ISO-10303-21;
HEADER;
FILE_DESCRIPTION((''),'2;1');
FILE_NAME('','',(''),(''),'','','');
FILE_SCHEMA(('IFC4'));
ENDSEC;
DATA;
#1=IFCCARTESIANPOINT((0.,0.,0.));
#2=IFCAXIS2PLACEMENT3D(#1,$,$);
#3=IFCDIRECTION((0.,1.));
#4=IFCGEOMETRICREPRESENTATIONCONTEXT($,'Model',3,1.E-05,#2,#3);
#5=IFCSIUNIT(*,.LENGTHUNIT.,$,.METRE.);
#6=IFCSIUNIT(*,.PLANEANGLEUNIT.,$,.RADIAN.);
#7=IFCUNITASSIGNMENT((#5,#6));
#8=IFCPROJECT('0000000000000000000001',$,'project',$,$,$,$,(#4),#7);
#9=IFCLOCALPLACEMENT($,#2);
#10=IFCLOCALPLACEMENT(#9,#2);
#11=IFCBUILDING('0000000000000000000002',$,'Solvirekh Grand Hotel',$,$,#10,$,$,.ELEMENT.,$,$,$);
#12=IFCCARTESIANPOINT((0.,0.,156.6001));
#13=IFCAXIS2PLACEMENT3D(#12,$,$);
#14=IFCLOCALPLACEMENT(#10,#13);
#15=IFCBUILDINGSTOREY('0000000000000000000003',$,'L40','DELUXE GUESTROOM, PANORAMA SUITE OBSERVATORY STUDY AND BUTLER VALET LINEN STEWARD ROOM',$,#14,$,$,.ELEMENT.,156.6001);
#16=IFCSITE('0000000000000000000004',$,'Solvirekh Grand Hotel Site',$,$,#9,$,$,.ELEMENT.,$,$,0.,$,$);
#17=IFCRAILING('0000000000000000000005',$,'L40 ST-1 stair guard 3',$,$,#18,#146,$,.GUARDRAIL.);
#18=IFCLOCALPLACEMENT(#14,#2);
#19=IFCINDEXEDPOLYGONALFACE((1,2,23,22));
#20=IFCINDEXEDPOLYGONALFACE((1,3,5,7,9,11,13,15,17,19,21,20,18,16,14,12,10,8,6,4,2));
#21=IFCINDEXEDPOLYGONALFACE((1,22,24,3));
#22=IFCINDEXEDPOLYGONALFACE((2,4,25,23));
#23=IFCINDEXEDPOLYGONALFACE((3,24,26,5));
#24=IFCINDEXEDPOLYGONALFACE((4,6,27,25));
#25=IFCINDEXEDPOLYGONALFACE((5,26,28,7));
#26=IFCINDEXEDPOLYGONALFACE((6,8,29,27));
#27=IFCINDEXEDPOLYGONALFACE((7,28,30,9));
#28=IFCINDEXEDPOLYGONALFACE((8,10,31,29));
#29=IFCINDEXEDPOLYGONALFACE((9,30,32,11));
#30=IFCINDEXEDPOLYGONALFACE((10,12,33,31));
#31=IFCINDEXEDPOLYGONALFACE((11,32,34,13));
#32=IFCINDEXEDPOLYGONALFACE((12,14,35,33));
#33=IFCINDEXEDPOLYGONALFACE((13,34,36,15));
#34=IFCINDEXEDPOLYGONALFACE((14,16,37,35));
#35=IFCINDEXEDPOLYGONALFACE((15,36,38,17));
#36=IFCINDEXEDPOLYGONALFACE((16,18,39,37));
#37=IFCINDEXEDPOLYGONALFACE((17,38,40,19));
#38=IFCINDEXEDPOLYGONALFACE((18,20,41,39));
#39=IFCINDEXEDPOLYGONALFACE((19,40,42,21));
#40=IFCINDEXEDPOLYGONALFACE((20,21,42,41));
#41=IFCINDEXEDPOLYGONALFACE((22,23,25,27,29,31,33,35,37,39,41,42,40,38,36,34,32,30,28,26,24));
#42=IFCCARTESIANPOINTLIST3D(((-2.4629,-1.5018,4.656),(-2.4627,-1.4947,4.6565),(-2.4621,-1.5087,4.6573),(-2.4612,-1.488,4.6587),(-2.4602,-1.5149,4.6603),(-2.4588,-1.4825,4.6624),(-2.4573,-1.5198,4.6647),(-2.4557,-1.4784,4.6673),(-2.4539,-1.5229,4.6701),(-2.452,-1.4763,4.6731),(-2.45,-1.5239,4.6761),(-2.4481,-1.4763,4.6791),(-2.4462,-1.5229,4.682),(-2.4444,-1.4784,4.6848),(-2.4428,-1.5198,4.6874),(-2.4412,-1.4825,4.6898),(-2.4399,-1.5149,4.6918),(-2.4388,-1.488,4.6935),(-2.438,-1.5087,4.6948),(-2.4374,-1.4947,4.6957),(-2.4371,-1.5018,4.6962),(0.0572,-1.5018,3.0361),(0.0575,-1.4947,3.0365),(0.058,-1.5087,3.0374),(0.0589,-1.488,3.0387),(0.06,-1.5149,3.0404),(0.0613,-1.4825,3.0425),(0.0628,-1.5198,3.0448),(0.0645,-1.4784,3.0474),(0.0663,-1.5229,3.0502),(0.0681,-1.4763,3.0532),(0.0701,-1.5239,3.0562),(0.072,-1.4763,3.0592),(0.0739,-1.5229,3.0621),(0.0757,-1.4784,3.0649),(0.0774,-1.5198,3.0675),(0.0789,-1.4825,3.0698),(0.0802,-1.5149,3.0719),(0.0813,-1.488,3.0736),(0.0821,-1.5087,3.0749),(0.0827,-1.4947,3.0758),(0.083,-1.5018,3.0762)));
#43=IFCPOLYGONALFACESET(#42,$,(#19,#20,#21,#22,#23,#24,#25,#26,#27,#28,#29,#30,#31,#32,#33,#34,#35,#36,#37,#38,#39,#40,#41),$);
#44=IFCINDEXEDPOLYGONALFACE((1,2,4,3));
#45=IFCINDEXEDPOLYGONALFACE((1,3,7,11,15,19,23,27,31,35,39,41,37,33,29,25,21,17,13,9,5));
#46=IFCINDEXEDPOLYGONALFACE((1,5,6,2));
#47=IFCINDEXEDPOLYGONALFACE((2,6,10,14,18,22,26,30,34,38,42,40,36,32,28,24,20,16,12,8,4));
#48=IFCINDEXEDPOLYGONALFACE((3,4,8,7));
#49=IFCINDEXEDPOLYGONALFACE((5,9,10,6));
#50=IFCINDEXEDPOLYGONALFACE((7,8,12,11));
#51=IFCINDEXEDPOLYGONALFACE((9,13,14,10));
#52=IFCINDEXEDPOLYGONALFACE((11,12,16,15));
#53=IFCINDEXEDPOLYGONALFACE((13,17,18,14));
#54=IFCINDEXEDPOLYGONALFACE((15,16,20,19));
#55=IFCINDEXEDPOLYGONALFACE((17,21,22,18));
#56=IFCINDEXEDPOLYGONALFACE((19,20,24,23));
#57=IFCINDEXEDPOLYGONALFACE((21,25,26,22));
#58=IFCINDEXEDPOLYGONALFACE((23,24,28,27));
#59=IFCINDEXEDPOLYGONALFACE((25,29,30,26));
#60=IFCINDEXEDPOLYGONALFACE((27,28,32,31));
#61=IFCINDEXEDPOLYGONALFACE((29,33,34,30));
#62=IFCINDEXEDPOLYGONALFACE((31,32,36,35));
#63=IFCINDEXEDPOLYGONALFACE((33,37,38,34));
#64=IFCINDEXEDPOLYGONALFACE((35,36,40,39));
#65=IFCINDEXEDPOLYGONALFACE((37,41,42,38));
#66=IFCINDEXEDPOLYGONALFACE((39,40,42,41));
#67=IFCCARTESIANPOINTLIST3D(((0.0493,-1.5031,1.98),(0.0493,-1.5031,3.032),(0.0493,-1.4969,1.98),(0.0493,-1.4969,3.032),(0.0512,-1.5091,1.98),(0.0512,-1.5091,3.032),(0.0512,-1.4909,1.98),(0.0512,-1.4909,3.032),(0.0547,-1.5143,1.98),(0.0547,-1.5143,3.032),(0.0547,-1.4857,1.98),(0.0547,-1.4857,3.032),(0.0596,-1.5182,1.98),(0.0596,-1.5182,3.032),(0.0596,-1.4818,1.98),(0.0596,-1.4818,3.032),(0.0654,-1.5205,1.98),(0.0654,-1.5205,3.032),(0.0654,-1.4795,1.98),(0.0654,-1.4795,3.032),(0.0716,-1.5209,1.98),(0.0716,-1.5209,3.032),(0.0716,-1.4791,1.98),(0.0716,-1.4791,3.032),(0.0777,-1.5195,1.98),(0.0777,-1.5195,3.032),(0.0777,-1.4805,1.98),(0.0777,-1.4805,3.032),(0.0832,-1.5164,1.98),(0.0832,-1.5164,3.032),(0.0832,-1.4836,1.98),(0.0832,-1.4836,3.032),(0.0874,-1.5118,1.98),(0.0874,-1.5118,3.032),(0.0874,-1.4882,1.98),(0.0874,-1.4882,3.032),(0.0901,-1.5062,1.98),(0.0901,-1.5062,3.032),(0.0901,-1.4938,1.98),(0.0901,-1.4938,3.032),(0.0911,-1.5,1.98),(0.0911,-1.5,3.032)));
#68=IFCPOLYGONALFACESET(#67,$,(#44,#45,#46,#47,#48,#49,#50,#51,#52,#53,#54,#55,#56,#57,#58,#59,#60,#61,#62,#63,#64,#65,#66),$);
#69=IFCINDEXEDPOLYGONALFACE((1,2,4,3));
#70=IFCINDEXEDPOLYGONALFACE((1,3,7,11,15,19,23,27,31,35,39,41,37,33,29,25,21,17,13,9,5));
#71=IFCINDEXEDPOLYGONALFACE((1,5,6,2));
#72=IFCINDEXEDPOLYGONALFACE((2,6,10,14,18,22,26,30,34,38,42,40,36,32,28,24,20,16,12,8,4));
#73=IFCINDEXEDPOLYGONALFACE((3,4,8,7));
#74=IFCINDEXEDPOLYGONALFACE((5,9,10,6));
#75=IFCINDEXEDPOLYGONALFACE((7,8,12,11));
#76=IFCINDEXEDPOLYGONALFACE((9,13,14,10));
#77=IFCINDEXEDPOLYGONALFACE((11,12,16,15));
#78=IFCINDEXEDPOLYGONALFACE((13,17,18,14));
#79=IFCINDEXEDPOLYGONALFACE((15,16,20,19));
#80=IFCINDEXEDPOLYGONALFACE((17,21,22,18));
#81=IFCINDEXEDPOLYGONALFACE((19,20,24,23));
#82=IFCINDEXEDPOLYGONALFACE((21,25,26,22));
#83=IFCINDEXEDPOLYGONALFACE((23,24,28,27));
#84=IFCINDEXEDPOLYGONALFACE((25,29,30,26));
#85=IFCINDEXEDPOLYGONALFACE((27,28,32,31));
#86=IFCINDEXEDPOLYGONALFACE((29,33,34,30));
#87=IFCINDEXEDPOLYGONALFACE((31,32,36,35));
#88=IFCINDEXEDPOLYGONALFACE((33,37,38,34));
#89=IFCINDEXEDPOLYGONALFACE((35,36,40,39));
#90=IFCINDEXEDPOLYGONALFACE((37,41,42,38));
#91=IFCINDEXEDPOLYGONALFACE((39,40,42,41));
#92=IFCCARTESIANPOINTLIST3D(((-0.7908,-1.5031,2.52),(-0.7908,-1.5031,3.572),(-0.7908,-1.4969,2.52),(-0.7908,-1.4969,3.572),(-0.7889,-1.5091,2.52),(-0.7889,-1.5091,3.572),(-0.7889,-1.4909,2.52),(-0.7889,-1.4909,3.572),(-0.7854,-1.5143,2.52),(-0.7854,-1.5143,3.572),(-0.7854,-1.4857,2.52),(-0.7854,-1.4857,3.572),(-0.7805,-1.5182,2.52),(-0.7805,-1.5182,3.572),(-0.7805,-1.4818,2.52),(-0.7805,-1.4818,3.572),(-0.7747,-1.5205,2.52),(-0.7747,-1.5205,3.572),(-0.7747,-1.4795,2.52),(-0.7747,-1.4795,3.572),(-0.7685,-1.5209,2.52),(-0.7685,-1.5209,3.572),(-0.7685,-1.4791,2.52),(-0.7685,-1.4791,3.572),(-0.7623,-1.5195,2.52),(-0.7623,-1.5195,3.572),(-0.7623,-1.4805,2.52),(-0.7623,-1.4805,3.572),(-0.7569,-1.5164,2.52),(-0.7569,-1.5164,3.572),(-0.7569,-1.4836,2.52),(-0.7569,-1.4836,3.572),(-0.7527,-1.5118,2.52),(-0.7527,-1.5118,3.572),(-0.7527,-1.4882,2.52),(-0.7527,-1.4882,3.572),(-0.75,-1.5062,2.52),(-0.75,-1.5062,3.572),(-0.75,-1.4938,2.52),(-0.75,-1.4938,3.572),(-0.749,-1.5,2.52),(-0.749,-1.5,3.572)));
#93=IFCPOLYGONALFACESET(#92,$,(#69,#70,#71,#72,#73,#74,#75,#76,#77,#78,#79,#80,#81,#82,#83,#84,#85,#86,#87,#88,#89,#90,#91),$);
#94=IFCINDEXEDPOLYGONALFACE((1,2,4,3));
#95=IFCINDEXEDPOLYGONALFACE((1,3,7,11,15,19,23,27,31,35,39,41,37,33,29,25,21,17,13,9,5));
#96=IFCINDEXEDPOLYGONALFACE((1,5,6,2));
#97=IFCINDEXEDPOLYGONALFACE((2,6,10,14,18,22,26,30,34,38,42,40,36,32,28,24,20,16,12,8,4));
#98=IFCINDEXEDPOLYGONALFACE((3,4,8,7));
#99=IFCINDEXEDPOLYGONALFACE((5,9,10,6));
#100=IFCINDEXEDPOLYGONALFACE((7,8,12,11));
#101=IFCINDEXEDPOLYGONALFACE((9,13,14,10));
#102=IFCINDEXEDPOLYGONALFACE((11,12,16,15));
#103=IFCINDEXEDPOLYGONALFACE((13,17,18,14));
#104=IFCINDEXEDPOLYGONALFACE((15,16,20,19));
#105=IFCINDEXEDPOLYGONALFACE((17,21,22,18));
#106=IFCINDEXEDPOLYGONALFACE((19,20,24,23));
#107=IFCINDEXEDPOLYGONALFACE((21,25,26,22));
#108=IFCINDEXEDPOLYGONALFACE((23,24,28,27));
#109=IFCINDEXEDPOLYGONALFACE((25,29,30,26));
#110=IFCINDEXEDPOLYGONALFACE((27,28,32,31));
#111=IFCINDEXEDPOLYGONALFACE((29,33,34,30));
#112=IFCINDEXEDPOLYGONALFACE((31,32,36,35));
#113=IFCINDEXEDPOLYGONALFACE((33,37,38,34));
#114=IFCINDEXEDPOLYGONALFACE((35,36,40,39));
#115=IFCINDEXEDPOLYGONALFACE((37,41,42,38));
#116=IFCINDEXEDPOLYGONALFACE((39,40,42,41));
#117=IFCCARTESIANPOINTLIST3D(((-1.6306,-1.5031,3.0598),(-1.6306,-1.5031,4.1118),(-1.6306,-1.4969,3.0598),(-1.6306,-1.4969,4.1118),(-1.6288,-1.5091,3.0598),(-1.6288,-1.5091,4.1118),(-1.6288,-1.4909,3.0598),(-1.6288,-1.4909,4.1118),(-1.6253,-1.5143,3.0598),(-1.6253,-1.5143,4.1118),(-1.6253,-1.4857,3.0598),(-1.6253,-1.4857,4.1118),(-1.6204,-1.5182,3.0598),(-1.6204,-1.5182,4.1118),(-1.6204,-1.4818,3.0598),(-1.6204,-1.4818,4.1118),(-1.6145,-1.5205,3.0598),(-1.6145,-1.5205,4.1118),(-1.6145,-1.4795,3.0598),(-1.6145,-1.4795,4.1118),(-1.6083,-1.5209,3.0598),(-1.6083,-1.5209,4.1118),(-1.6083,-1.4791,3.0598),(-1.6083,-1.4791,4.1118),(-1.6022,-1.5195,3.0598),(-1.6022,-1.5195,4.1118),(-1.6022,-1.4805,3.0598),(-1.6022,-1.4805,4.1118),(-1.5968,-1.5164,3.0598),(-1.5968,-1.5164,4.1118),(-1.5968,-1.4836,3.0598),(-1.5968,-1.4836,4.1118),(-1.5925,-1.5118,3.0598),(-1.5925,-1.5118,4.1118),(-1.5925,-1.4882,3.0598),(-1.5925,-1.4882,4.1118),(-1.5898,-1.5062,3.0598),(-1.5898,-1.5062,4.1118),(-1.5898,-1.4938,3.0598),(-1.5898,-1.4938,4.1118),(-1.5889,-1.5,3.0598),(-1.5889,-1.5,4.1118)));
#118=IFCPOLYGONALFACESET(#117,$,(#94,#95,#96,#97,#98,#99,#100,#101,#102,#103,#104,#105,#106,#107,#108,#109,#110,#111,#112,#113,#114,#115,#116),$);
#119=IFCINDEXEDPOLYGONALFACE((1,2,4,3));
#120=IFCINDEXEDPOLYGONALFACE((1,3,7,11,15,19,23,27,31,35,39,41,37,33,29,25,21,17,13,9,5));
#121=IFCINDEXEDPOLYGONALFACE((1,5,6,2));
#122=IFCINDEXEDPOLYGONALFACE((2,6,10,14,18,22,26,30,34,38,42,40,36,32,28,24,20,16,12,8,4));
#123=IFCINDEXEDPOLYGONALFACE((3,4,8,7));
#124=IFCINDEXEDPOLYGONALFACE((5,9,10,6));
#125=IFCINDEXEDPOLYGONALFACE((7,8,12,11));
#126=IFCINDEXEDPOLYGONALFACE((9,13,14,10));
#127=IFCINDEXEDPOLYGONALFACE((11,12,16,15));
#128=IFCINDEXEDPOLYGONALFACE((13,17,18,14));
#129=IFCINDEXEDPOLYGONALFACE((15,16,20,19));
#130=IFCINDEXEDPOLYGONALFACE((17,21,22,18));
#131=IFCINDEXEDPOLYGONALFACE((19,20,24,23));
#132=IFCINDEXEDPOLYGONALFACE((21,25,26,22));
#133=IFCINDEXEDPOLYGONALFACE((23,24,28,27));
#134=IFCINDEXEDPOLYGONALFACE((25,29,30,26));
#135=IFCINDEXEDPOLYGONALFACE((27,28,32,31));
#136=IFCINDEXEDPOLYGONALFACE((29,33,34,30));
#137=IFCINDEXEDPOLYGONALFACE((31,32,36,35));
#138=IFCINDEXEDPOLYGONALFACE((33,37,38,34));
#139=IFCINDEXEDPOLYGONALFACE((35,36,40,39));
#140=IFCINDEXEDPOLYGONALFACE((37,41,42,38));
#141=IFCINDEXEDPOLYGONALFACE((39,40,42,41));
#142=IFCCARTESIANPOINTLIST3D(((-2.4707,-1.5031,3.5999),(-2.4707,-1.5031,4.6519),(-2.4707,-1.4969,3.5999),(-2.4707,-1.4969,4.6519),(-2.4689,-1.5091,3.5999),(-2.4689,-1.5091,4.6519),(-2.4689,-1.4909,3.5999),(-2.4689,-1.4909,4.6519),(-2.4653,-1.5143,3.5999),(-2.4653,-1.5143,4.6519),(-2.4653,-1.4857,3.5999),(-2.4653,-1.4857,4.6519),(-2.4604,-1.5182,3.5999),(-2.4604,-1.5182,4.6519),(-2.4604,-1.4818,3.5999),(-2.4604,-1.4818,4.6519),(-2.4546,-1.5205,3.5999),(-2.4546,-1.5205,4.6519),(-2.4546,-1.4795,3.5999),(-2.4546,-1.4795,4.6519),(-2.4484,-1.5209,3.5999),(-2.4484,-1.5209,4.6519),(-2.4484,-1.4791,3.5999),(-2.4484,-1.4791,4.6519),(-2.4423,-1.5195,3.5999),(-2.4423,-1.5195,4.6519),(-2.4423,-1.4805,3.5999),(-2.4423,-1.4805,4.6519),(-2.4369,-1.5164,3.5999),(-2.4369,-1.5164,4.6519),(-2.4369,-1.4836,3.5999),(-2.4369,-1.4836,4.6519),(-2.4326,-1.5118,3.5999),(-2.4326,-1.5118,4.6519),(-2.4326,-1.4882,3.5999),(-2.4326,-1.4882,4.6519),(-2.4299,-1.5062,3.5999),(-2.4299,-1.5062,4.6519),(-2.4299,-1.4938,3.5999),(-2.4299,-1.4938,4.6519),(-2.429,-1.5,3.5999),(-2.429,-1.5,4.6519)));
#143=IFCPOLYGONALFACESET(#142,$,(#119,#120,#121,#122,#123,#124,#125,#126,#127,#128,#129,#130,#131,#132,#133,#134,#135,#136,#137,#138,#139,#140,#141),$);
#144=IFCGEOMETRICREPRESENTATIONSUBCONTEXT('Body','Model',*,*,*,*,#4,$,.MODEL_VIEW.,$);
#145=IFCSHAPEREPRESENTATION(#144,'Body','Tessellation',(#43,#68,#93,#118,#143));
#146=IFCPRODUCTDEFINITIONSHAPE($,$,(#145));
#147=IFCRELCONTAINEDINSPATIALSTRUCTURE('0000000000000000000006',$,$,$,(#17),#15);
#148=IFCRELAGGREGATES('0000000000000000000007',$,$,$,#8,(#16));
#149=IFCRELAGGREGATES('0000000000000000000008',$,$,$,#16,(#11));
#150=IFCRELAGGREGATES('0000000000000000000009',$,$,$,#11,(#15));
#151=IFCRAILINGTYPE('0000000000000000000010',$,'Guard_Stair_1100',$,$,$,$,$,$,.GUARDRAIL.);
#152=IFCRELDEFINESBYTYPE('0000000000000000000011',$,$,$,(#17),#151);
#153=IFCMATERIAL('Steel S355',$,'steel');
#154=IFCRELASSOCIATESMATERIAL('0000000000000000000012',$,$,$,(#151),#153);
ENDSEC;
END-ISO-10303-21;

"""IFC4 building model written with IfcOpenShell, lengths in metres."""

from ifc_helpers import new_model, si_unit, direction, frame, origin, origin_2d, place, context, subcontext, project, spatial, circle, extrude, material, type_object, element, save


model = new_model("IFC4")

# Units and contexts
model_context = context("Model", 3, precision=1e-05, world=origin(), true_north=direction((0.0, 1.0)))
body_context = subcontext(model_context, "Body", "Model", "MODEL_VIEW")
ifc_project = project(units=[si_unit("LENGTHUNIT", "METRE"), si_unit("PLANEANGLEUNIT", "RADIAN")], contexts=[model_context])

# Site, building, storey
site_placement = place(None, origin())
site = spatial("IfcSite", under=ifc_project, at=site_placement, Name="Solvirekh Grand Hotel Site", CompositionType="ELEMENT", RefElevation=0.0)
building_placement = place(site_placement, origin())
building = spatial("IfcBuilding", under=site, at=building_placement, Name="Solvirekh Grand Hotel", CompositionType="ELEMENT")
storey_placement = place(building_placement, frame((0.0, 0.0, 156.6001)))
storey = spatial("IfcBuildingStorey", under=building, at=storey_placement, Name="L40", Description="DELUXE GUESTROOM, PANORAMA SUITE OBSERVATORY STUDY AND BUTLER VALET LINEN STEWARD ROOM", CompositionType="ELEMENT", Elevation=156.6001)

# Shared definitions
ifc_material_1 = material(Name="Steel S355", Category="steel")

# Railing
railing_type_1 = type_object("IfcRailingType", Name="Guard_Stair_1100", PredefinedType="GUARDRAIL", material=ifc_material_1)
railing_1_placement = place(storey_placement, frame((0.0701, -1.5, 1.98)))
element("IfcRailing", 1, at=railing_1_placement, inside=storey, type_object=railing_type_1, Name="L40 ST-1 stair guard 3", PredefinedType="GUARDRAIL", context=body_context, shape_type="SweptSolid", body=[
    extrude(circle(Radius=0.0239, at=origin_2d()), frame((0.0, 0.0, 1.0762), z_axis=(-0.8412, 0.0, 0.540725), x_axis=(0.0, -1.0, 0.0)), (0.0, 0.0, 1.0), 2.9958),
    extrude(circle(Radius=0.021, at=origin_2d()), origin(), (0.0, 0.0, 1.0), 1.052),
    extrude(circle(Radius=0.021, at=origin_2d()), frame((-0.8401, 0.0, 0.54)), (0.0, 0.0, 1.0), 1.052),
    extrude(circle(Radius=0.021, at=origin_2d()), frame((-1.6799, 0.0, 1.0798)), (0.0, 0.0, 1.0), 1.052),
    extrude(circle(Radius=0.021, at=origin_2d()), frame((-2.52, 0.0, 1.6199)), (0.0, 0.0, 1.0), 1.052),
])

save(model, "model.ifc")
